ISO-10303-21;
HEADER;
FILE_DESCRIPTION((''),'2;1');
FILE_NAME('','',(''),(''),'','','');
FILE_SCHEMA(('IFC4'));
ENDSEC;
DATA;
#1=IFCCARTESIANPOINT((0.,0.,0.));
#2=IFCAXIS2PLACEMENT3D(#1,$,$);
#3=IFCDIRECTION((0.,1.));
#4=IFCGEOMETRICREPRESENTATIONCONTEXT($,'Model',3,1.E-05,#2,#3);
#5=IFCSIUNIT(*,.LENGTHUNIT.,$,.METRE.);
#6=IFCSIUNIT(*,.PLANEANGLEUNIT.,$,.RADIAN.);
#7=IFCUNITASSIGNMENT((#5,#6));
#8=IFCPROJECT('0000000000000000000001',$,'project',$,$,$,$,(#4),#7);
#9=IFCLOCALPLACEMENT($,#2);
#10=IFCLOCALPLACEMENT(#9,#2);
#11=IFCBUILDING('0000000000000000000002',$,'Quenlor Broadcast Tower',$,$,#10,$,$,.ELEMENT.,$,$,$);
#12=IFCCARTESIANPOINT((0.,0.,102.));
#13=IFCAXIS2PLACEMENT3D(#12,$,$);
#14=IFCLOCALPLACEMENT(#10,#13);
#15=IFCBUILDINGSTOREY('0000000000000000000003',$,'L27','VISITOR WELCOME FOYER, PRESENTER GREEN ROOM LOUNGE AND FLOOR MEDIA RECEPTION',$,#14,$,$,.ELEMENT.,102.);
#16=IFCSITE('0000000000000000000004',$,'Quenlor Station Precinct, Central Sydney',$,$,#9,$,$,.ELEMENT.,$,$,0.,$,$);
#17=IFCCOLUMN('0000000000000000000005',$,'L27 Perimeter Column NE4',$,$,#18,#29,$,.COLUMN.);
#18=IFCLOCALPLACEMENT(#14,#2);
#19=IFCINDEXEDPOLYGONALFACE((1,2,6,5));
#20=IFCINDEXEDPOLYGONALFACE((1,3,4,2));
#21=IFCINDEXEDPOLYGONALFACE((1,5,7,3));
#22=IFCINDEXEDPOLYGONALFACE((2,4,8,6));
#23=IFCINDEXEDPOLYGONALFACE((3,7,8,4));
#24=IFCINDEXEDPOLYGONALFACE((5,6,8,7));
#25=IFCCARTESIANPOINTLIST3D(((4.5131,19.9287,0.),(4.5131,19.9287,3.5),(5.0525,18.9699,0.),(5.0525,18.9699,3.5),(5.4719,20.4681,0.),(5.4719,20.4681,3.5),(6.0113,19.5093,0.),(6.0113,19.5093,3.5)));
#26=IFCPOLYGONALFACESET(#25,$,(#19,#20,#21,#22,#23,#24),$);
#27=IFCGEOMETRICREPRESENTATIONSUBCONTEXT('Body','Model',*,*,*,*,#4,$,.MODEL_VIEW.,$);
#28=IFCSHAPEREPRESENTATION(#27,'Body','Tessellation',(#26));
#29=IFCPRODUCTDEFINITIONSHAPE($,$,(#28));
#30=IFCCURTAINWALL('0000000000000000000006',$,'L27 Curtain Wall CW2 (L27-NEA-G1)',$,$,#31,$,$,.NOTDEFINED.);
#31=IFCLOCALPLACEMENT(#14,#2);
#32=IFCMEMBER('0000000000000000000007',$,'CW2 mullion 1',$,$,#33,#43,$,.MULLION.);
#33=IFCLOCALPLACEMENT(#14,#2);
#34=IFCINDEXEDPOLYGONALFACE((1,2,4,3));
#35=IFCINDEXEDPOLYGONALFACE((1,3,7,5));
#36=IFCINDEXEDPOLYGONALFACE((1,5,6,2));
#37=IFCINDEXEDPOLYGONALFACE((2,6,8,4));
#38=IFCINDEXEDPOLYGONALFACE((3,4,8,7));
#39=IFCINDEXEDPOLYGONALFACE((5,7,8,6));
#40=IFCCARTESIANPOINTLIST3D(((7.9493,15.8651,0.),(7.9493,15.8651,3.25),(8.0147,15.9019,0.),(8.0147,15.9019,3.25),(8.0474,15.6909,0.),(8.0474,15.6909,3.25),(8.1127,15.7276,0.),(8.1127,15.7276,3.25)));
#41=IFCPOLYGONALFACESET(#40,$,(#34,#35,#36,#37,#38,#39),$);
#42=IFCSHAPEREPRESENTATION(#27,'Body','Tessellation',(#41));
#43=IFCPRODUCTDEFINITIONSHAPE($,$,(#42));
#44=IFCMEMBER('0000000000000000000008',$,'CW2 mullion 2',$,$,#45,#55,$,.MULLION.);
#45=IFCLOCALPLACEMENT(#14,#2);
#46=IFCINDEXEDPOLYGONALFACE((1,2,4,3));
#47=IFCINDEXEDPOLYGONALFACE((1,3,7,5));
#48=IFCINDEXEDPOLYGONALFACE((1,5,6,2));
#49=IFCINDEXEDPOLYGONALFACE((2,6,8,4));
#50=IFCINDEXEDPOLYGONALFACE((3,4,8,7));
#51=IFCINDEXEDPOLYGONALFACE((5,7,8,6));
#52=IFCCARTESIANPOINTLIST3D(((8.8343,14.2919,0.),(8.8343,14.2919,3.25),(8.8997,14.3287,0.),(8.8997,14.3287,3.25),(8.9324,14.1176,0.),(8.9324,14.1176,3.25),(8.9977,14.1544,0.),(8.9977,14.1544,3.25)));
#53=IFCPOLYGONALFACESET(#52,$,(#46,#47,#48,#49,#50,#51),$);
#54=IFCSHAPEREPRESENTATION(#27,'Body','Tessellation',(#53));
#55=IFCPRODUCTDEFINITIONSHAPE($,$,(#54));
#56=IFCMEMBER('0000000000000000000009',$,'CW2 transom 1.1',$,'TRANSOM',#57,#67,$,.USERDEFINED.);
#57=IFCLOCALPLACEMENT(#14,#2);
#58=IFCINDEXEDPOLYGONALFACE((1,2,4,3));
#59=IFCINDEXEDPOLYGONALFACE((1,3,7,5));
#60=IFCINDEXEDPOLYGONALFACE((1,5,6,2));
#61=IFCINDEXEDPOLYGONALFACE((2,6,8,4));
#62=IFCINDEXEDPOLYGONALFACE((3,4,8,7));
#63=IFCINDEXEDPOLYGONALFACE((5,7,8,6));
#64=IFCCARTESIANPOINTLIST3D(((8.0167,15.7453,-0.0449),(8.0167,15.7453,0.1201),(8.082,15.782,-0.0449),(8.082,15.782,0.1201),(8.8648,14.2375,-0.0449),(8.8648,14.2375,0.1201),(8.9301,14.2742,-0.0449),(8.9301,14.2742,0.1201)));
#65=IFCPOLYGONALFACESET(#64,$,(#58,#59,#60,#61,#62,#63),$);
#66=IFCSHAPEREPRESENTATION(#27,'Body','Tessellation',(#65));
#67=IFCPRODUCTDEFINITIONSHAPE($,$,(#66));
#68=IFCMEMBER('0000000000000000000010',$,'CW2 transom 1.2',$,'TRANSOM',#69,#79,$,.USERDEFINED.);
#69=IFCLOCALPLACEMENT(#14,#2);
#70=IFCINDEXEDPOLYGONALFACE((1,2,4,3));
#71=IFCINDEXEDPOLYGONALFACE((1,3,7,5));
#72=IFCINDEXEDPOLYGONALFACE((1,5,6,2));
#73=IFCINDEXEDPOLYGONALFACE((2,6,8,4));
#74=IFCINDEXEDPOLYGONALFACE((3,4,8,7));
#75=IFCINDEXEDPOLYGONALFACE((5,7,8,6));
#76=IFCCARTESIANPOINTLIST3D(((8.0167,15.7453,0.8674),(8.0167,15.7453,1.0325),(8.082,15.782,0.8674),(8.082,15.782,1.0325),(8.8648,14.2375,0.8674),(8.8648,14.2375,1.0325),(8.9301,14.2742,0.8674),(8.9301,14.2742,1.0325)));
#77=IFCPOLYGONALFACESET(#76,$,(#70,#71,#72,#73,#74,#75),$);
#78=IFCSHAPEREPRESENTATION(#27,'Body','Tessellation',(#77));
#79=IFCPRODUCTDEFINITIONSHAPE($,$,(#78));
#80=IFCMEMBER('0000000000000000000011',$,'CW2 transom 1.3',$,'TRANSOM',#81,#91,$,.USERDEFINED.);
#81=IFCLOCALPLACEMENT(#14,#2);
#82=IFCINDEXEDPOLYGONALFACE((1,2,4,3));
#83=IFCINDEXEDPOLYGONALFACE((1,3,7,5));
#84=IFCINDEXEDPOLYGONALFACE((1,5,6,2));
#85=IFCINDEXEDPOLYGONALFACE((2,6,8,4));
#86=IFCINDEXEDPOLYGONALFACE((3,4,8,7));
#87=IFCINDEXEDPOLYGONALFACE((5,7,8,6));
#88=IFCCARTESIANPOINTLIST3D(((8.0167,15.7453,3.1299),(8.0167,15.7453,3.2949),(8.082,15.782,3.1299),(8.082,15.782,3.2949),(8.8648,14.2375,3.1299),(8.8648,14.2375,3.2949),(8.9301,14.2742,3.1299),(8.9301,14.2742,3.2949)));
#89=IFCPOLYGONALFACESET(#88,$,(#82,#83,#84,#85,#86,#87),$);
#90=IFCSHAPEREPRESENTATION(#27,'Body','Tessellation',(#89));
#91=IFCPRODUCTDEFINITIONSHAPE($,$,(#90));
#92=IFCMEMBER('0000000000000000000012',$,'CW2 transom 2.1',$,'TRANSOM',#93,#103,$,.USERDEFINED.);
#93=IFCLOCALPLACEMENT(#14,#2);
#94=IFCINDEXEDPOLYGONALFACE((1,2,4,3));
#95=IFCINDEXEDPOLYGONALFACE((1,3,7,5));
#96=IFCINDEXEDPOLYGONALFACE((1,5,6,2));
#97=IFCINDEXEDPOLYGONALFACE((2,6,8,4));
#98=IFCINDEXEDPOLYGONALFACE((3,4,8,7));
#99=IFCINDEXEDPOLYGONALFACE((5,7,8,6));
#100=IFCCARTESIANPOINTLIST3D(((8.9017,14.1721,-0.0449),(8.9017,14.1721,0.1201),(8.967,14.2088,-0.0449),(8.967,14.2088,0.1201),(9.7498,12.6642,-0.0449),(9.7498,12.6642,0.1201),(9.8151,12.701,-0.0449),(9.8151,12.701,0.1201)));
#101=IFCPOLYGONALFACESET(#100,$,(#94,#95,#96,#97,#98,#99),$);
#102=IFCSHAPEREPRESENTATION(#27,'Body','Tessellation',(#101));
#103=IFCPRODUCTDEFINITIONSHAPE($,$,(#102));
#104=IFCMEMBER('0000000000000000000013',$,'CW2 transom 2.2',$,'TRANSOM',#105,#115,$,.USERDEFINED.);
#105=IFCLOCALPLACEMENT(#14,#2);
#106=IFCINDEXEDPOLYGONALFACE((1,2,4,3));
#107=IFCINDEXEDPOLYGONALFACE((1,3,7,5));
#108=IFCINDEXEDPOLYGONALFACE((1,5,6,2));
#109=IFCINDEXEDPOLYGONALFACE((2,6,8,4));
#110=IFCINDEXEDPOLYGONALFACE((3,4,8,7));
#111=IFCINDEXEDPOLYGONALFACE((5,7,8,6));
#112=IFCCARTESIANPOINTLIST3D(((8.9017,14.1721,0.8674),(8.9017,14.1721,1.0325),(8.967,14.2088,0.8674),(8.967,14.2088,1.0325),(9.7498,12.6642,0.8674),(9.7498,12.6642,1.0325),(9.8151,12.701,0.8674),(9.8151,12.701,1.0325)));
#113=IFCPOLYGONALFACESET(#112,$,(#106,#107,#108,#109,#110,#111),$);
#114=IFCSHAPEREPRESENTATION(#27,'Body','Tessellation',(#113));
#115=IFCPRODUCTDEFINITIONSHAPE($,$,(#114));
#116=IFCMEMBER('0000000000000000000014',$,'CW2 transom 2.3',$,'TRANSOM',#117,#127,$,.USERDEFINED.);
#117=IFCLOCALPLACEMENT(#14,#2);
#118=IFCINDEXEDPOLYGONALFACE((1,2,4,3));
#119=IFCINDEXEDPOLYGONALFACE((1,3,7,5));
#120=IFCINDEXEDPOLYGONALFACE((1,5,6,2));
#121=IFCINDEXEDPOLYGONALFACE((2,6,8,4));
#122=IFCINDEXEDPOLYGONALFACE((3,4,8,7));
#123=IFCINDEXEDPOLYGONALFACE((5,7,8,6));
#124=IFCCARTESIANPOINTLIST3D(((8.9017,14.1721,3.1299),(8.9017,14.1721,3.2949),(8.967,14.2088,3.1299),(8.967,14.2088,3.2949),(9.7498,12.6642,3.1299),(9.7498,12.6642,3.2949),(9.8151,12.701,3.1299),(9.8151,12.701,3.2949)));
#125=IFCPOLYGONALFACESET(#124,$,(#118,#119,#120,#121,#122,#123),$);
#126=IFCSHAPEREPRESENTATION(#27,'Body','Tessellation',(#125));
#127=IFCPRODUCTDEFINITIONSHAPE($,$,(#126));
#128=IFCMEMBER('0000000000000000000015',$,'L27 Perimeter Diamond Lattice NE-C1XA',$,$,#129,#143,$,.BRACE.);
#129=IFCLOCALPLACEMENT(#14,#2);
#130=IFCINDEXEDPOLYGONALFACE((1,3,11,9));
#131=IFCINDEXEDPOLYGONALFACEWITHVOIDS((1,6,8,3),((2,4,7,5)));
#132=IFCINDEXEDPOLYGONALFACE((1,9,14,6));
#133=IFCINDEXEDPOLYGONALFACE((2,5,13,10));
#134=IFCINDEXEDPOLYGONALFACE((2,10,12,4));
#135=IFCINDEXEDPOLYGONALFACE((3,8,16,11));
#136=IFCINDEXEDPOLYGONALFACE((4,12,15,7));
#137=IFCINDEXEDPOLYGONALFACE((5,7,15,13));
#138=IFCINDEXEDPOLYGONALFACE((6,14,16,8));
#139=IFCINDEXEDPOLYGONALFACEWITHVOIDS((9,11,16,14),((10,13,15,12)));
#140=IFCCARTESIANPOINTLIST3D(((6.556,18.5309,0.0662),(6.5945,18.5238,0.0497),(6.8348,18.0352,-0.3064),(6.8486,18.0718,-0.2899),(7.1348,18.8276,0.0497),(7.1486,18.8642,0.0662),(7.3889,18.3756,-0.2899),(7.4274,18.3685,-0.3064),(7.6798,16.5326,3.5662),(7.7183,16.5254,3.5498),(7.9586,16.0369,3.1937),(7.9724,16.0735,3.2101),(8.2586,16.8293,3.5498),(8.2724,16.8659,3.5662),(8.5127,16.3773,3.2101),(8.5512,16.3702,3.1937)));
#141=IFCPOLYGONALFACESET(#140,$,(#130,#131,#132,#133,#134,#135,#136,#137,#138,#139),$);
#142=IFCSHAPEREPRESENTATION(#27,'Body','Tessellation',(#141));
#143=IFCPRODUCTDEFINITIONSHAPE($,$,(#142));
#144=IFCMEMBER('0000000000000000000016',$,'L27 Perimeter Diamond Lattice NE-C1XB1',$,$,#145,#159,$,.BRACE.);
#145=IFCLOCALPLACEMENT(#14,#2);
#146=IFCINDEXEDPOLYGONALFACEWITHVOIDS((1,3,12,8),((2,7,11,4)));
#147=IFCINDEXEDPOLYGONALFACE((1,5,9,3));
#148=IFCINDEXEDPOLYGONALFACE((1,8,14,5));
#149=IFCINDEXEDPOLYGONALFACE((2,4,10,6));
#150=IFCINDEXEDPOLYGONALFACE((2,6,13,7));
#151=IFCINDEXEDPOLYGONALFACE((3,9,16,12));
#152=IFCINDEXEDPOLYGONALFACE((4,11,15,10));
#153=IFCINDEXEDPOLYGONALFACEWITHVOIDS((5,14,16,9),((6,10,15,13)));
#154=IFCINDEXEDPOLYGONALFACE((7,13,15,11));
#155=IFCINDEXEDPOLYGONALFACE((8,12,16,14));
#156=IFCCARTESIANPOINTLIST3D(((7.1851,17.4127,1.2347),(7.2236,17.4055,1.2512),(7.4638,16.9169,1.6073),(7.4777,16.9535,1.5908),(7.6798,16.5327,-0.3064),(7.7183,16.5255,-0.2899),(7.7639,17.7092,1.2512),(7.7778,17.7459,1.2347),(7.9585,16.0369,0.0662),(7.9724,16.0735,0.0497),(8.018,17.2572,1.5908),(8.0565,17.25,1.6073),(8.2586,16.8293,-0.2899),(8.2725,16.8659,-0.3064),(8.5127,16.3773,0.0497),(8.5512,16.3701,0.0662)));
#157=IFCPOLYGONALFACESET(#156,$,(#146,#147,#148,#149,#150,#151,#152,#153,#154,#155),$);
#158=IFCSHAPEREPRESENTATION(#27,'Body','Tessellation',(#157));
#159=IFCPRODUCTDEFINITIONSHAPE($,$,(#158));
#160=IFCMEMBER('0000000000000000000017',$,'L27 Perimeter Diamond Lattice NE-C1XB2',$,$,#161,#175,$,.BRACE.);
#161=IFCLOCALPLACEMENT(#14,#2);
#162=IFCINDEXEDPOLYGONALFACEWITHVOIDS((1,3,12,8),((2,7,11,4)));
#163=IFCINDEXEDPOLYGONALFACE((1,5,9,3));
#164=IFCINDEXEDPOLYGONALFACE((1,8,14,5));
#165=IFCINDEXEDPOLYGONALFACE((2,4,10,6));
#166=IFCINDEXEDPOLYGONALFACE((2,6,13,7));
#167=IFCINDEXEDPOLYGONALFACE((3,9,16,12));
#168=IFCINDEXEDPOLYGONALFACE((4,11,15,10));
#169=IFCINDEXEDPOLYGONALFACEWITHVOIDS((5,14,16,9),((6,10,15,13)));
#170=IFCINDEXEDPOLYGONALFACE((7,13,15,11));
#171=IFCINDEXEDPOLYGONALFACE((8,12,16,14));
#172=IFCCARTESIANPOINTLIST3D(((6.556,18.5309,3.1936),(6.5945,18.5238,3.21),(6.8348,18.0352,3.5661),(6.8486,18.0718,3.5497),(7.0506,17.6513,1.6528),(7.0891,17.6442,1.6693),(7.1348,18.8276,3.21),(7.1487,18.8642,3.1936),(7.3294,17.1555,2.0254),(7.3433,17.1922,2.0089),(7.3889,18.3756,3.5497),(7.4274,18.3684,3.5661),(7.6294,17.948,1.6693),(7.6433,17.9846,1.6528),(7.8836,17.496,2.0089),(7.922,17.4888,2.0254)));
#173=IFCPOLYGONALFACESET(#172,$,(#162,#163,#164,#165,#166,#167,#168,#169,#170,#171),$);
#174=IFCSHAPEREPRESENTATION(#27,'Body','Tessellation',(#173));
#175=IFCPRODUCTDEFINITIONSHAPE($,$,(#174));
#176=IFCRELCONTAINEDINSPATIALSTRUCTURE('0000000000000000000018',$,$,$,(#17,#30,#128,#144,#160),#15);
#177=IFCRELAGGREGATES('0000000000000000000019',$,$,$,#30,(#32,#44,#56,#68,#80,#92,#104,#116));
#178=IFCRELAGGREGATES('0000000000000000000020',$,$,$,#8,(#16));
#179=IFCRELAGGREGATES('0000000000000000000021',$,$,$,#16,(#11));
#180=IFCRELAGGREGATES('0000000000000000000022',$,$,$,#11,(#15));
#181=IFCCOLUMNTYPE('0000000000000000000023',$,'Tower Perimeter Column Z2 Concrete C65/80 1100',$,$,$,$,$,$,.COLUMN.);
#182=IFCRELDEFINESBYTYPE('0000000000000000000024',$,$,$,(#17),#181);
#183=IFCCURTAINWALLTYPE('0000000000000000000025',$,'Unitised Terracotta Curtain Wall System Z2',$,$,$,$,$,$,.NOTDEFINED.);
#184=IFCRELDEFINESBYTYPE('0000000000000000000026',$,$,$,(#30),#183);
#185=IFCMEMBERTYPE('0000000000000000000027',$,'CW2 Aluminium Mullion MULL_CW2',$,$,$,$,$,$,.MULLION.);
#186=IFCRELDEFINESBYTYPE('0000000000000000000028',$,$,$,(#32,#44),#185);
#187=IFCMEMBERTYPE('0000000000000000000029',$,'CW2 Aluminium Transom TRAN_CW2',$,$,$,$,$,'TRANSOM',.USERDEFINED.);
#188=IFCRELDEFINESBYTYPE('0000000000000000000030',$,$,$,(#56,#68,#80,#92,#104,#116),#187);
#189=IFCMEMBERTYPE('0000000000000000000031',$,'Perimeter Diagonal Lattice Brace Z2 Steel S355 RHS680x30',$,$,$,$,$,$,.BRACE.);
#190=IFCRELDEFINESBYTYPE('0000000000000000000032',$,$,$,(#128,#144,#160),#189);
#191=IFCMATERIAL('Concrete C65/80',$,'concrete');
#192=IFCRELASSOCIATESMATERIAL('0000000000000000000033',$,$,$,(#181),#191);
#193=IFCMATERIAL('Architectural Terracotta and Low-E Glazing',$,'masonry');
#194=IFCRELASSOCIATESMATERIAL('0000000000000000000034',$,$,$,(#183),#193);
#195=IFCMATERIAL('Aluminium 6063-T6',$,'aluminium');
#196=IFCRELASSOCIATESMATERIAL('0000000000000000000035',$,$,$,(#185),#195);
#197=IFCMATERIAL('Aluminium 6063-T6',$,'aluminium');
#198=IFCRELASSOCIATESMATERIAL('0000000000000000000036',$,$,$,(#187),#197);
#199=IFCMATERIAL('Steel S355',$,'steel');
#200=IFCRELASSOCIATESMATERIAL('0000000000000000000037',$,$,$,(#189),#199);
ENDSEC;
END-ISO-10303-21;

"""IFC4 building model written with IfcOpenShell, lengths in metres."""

from ifc_helpers import new_model, si_unit, direction, frame, origin, origin_2d, place, context, subcontext, project, spatial, rectangle, hollow_rectangle, extrude, material, material_profile, profile_set, type_object, element, aggregate, save


model = new_model("IFC4")

# Units and contexts
model_context = context("Model", 3, precision=1e-05, world=origin(), true_north=direction((0.0, 1.0)))
body_context = subcontext(model_context, "Body", "Model", "MODEL_VIEW")
ifc_project = project(units=[si_unit("LENGTHUNIT", "METRE"), si_unit("PLANEANGLEUNIT", "RADIAN")], contexts=[model_context])

# Site, building, storey
site_placement = place(None, origin())
site = spatial("IfcSite", under=ifc_project, at=site_placement, Name="Quenlor Station Precinct, Central Sydney", CompositionType="ELEMENT", RefElevation=0.0)
building_placement = place(site_placement, origin())
building = spatial("IfcBuilding", under=site, at=building_placement, Name="Quenlor Broadcast Tower", CompositionType="ELEMENT")
storey_placement = place(building_placement, frame((0.0, 0.0, 102.0)))
storey = spatial("IfcBuildingStorey", under=building, at=storey_placement, Name="L27", Description="VISITOR WELCOME FOYER, PRESENTER GREEN ROOM LOUNGE AND FLOOR MEDIA RECEPTION", CompositionType="ELEMENT", Elevation=102.0)

# Column
ifc_material_1 = material(Name="Concrete C65/80", Category="concrete")
ifc_material_profile_1 = material_profile(ifc_material_1, rectangle(XDim=1.1001, YDim=1.1001, at=origin_2d()))
ifc_profile_set_1 = profile_set([ifc_material_profile_1], Name="Concrete C65/80 RC1100x1100")
column_type = type_object("IfcColumnType", Name="Tower Perimeter Column Z2 Concrete C65/80 1100", PredefinedType="COLUMN", material=ifc_profile_set_1)
column_placement = place(storey_placement, frame((5.2622, 19.719, 0.0), z_axis=(0.0, 0.0, 1.0), x_axis=(0.871575, 0.490262, 0.0)))
element("IfcColumn", 1, at=column_placement, inside=storey, type_object=column_type, Name="L27 Perimeter Column NE4", PredefinedType="COLUMN", context=body_context, shape_type="SweptSolid", body=[
    extrude(rectangle(XDim=1.1001, YDim=1.1001, at=origin_2d()), origin(), (0.0, 0.0, 1.0), 3.5),
])

# Curtain wall, members
ifc_material_2 = material(Name="Architectural Terracotta and Low-E Glazing", Category="masonry")
curtain_wall_type = type_object("IfcCurtainWallType", Name="Unitised Terracotta Curtain Wall System Z2", PredefinedType="NOTDEFINED", material=ifc_material_2)
curtain_wall_placement = place(storey_placement, origin())
curtain_wall = element("IfcCurtainWall", 2, at=curtain_wall_placement, inside=storey, type_object=curtain_wall_type, Name="L27 Curtain Wall CW2 (L27-NEA-G1)", PredefinedType="NOTDEFINED")
ifc_material_3 = material(Name="Aluminium 6063-T6", Category="aluminium")
ifc_material_profile_2 = material_profile(ifc_material_3, rectangle(XDim=0.075, YDim=0.2, at=origin_2d()))
ifc_profile_set_2 = profile_set([ifc_material_profile_2], Name="Aluminium 6063-T6 MULL75x200")
member_type_1 = type_object("IfcMemberType", Name="CW2 Aluminium Mullion MULL_CW2", PredefinedType="MULLION", material=ifc_profile_set_2)
member_1_placement = place(storey_placement, frame((8.031, 15.7964, 0.0), z_axis=(0.0, 0.0, 1.0), x_axis=(0.871573, 0.490265, 0.0)))
member_1 = element("IfcMember", 3, at=member_1_placement, type_object=member_type_1, Name="CW2 mullion 1", PredefinedType="MULLION", context=body_context, shape_type="SweptSolid", body=[
    extrude(rectangle(XDim=0.075, YDim=0.2, at=origin_2d()), origin(), (0.0, 0.0, 1.0), 3.25),
])
member_2_placement = place(storey_placement, frame((8.916, 14.2231, 0.0), z_axis=(0.0, 0.0, 1.0), x_axis=(0.871573, 0.490265, 0.0)))
member_2 = element("IfcMember", 4, at=member_2_placement, type_object=member_type_1, Name="CW2 mullion 2", PredefinedType="MULLION", context=body_context, shape_type="SweptSolid", body=[
    extrude(rectangle(XDim=0.075, YDim=0.2, at=origin_2d()), origin(), (0.0, 0.0, 1.0), 3.25),
])
ifc_material_4 = material(Name="Aluminium 6063-T6", Category="aluminium")
ifc_material_profile_3 = material_profile(ifc_material_4, rectangle(XDim=0.075, YDim=0.165, at=origin_2d()))
ifc_profile_set_3 = profile_set([ifc_material_profile_3], Name="Aluminium 6063-T6 TRAN75x165")
member_type_2 = type_object("IfcMemberType", Name="CW2 Aluminium Transom TRAN_CW2", ElementType="TRANSOM", PredefinedType="USERDEFINED", material=ifc_profile_set_3)
member_3_placement = place(storey_placement, frame((8.0493, 15.7637, 0.0376), z_axis=(0.490261, -0.871576, 0.0), x_axis=(0.871576, 0.490261, 0.0)))
member_3 = element("IfcMember", 5, at=member_3_placement, type_object=member_type_2, Name="CW2 transom 1.1", ObjectType="TRANSOM", PredefinedType="USERDEFINED", context=body_context, shape_type="SweptSolid", body=[
    extrude(rectangle(XDim=0.075, YDim=0.165, at=origin_2d()), origin(), (0.0, 0.0, 1.0), 1.73),
])
member_4_placement = place(storey_placement, frame((8.0493, 15.7637, 0.95), z_axis=(0.490261, -0.871576, 0.0), x_axis=(0.871576, 0.490261, 0.0)))
member_4 = element("IfcMember", 6, at=member_4_placement, type_object=member_type_2, Name="CW2 transom 1.2", ObjectType="TRANSOM", PredefinedType="USERDEFINED", context=body_context, shape_type="SweptSolid", body=[
    extrude(rectangle(XDim=0.075, YDim=0.165, at=origin_2d()), origin(), (0.0, 0.0, 1.0), 1.73),
])
member_5_placement = place(storey_placement, frame((8.0493, 15.7637, 3.2124), z_axis=(0.490261, -0.871576, 0.0), x_axis=(0.871576, 0.490261, 0.0)))
member_5 = element("IfcMember", 7, at=member_5_placement, type_object=member_type_2, Name="CW2 transom 1.3", ObjectType="TRANSOM", PredefinedType="USERDEFINED", context=body_context, shape_type="SweptSolid", body=[
    extrude(rectangle(XDim=0.075, YDim=0.165, at=origin_2d()), origin(), (0.0, 0.0, 1.0), 1.73),
])
member_6_placement = place(storey_placement, frame((8.9343, 14.1904, 0.0376), z_axis=(0.490261, -0.871576, 0.0), x_axis=(0.871576, 0.490261, 0.0)))
member_6 = element("IfcMember", 8, at=member_6_placement, type_object=member_type_2, Name="CW2 transom 2.1", ObjectType="TRANSOM", PredefinedType="USERDEFINED", context=body_context, shape_type="SweptSolid", body=[
    extrude(rectangle(XDim=0.075, YDim=0.165, at=origin_2d()), origin(), (0.0, 0.0, 1.0), 1.73),
])
member_7_placement = place(storey_placement, frame((8.9343, 14.1904, 0.95), z_axis=(0.490261, -0.871576, 0.0), x_axis=(0.871576, 0.490261, 0.0)))
member_7 = element("IfcMember", 9, at=member_7_placement, type_object=member_type_2, Name="CW2 transom 2.2", ObjectType="TRANSOM", PredefinedType="USERDEFINED", context=body_context, shape_type="SweptSolid", body=[
    extrude(rectangle(XDim=0.075, YDim=0.165, at=origin_2d()), origin(), (0.0, 0.0, 1.0), 1.73),
])
member_8_placement = place(storey_placement, frame((8.9343, 14.1904, 3.2124), z_axis=(0.490261, -0.871576, 0.0), x_axis=(0.871576, 0.490261, 0.0)))
member_8 = element("IfcMember", 10, at=member_8_placement, type_object=member_type_2, Name="CW2 transom 2.3", ObjectType="TRANSOM", PredefinedType="USERDEFINED", context=body_context, shape_type="SweptSolid", body=[
    extrude(rectangle(XDim=0.075, YDim=0.165, at=origin_2d()), origin(), (0.0, 0.0, 1.0), 1.73),
])

# Members
ifc_material_5 = material(Name="Steel S355", Category="steel")
ifc_material_profile_4 = material_profile(ifc_material_5, hollow_rectangle(XDim=0.6799, YDim=0.6799, WallThickness=0.03, at=origin_2d()))
ifc_profile_set_4 = profile_set([ifc_material_profile_4], Name="Steel S355 RHS680x680x30")
member_type_3 = type_object("IfcMemberType", Name="Perimeter Diagonal Lattice Brace Z2 Steel S355 RHS680x30", PredefinedType="BRACE", material=ifc_profile_set_4)
member_9_placement = place(storey_placement, frame((6.9917, 18.4497, -0.1201), z_axis=(0.268588, -0.4776, 0.836516), x_axis=(0.871624, 0.490175, 0.0)))
element("IfcMember", 11, at=member_9_placement, inside=storey, type_object=member_type_3, Name="L27 Perimeter Diamond Lattice NE-C1XA", PredefinedType="BRACE", context=body_context, shape_type="SweptSolid", body=[
    extrude(hollow_rectangle(XDim=0.6799, YDim=0.6799, WallThickness=0.03, at=origin_2d()), origin(), (0.0, 0.0, 1.0), 4.1841),
])
member_10_placement = place(storey_placement, frame((8.1155, 16.4514, -0.1201), z_axis=(-0.268504, 0.477635, 0.836523), x_axis=(-0.871705, -0.490032, 0.0)))
element("IfcMember", 12, at=member_10_placement, inside=storey, type_object=member_type_3, Name="L27 Perimeter Diamond Lattice NE-C1XB1", PredefinedType="BRACE", context=body_context, shape_type="SweptSolid", body=[
    extrude(hollow_rectangle(XDim=0.6799, YDim=0.6799, WallThickness=0.03, at=origin_2d()), origin(), (0.0, 0.0, 1.0), 1.8423),
])
member_11_placement = place(storey_placement, frame((7.4863, 17.5701, 1.8391), z_axis=(-0.268551, 0.477585, 0.836536), x_axis=(-0.871647, -0.490135, 0.0)))
element("IfcMember", 13, at=member_11_placement, inside=storey, type_object=member_type_3, Name="L27 Perimeter Diamond Lattice NE-C1XB2", PredefinedType="BRACE", context=body_context, shape_type="SweptSolid", body=[
    extrude(hollow_rectangle(XDim=0.6799, YDim=0.6799, WallThickness=0.03, at=origin_2d()), origin(), (0.0, 0.0, 1.0), 1.8418),
])

aggregate(curtain_wall, [member_1, member_2, member_3, member_4, member_5, member_6, member_7, member_8])

save(model, "model.ifc")
